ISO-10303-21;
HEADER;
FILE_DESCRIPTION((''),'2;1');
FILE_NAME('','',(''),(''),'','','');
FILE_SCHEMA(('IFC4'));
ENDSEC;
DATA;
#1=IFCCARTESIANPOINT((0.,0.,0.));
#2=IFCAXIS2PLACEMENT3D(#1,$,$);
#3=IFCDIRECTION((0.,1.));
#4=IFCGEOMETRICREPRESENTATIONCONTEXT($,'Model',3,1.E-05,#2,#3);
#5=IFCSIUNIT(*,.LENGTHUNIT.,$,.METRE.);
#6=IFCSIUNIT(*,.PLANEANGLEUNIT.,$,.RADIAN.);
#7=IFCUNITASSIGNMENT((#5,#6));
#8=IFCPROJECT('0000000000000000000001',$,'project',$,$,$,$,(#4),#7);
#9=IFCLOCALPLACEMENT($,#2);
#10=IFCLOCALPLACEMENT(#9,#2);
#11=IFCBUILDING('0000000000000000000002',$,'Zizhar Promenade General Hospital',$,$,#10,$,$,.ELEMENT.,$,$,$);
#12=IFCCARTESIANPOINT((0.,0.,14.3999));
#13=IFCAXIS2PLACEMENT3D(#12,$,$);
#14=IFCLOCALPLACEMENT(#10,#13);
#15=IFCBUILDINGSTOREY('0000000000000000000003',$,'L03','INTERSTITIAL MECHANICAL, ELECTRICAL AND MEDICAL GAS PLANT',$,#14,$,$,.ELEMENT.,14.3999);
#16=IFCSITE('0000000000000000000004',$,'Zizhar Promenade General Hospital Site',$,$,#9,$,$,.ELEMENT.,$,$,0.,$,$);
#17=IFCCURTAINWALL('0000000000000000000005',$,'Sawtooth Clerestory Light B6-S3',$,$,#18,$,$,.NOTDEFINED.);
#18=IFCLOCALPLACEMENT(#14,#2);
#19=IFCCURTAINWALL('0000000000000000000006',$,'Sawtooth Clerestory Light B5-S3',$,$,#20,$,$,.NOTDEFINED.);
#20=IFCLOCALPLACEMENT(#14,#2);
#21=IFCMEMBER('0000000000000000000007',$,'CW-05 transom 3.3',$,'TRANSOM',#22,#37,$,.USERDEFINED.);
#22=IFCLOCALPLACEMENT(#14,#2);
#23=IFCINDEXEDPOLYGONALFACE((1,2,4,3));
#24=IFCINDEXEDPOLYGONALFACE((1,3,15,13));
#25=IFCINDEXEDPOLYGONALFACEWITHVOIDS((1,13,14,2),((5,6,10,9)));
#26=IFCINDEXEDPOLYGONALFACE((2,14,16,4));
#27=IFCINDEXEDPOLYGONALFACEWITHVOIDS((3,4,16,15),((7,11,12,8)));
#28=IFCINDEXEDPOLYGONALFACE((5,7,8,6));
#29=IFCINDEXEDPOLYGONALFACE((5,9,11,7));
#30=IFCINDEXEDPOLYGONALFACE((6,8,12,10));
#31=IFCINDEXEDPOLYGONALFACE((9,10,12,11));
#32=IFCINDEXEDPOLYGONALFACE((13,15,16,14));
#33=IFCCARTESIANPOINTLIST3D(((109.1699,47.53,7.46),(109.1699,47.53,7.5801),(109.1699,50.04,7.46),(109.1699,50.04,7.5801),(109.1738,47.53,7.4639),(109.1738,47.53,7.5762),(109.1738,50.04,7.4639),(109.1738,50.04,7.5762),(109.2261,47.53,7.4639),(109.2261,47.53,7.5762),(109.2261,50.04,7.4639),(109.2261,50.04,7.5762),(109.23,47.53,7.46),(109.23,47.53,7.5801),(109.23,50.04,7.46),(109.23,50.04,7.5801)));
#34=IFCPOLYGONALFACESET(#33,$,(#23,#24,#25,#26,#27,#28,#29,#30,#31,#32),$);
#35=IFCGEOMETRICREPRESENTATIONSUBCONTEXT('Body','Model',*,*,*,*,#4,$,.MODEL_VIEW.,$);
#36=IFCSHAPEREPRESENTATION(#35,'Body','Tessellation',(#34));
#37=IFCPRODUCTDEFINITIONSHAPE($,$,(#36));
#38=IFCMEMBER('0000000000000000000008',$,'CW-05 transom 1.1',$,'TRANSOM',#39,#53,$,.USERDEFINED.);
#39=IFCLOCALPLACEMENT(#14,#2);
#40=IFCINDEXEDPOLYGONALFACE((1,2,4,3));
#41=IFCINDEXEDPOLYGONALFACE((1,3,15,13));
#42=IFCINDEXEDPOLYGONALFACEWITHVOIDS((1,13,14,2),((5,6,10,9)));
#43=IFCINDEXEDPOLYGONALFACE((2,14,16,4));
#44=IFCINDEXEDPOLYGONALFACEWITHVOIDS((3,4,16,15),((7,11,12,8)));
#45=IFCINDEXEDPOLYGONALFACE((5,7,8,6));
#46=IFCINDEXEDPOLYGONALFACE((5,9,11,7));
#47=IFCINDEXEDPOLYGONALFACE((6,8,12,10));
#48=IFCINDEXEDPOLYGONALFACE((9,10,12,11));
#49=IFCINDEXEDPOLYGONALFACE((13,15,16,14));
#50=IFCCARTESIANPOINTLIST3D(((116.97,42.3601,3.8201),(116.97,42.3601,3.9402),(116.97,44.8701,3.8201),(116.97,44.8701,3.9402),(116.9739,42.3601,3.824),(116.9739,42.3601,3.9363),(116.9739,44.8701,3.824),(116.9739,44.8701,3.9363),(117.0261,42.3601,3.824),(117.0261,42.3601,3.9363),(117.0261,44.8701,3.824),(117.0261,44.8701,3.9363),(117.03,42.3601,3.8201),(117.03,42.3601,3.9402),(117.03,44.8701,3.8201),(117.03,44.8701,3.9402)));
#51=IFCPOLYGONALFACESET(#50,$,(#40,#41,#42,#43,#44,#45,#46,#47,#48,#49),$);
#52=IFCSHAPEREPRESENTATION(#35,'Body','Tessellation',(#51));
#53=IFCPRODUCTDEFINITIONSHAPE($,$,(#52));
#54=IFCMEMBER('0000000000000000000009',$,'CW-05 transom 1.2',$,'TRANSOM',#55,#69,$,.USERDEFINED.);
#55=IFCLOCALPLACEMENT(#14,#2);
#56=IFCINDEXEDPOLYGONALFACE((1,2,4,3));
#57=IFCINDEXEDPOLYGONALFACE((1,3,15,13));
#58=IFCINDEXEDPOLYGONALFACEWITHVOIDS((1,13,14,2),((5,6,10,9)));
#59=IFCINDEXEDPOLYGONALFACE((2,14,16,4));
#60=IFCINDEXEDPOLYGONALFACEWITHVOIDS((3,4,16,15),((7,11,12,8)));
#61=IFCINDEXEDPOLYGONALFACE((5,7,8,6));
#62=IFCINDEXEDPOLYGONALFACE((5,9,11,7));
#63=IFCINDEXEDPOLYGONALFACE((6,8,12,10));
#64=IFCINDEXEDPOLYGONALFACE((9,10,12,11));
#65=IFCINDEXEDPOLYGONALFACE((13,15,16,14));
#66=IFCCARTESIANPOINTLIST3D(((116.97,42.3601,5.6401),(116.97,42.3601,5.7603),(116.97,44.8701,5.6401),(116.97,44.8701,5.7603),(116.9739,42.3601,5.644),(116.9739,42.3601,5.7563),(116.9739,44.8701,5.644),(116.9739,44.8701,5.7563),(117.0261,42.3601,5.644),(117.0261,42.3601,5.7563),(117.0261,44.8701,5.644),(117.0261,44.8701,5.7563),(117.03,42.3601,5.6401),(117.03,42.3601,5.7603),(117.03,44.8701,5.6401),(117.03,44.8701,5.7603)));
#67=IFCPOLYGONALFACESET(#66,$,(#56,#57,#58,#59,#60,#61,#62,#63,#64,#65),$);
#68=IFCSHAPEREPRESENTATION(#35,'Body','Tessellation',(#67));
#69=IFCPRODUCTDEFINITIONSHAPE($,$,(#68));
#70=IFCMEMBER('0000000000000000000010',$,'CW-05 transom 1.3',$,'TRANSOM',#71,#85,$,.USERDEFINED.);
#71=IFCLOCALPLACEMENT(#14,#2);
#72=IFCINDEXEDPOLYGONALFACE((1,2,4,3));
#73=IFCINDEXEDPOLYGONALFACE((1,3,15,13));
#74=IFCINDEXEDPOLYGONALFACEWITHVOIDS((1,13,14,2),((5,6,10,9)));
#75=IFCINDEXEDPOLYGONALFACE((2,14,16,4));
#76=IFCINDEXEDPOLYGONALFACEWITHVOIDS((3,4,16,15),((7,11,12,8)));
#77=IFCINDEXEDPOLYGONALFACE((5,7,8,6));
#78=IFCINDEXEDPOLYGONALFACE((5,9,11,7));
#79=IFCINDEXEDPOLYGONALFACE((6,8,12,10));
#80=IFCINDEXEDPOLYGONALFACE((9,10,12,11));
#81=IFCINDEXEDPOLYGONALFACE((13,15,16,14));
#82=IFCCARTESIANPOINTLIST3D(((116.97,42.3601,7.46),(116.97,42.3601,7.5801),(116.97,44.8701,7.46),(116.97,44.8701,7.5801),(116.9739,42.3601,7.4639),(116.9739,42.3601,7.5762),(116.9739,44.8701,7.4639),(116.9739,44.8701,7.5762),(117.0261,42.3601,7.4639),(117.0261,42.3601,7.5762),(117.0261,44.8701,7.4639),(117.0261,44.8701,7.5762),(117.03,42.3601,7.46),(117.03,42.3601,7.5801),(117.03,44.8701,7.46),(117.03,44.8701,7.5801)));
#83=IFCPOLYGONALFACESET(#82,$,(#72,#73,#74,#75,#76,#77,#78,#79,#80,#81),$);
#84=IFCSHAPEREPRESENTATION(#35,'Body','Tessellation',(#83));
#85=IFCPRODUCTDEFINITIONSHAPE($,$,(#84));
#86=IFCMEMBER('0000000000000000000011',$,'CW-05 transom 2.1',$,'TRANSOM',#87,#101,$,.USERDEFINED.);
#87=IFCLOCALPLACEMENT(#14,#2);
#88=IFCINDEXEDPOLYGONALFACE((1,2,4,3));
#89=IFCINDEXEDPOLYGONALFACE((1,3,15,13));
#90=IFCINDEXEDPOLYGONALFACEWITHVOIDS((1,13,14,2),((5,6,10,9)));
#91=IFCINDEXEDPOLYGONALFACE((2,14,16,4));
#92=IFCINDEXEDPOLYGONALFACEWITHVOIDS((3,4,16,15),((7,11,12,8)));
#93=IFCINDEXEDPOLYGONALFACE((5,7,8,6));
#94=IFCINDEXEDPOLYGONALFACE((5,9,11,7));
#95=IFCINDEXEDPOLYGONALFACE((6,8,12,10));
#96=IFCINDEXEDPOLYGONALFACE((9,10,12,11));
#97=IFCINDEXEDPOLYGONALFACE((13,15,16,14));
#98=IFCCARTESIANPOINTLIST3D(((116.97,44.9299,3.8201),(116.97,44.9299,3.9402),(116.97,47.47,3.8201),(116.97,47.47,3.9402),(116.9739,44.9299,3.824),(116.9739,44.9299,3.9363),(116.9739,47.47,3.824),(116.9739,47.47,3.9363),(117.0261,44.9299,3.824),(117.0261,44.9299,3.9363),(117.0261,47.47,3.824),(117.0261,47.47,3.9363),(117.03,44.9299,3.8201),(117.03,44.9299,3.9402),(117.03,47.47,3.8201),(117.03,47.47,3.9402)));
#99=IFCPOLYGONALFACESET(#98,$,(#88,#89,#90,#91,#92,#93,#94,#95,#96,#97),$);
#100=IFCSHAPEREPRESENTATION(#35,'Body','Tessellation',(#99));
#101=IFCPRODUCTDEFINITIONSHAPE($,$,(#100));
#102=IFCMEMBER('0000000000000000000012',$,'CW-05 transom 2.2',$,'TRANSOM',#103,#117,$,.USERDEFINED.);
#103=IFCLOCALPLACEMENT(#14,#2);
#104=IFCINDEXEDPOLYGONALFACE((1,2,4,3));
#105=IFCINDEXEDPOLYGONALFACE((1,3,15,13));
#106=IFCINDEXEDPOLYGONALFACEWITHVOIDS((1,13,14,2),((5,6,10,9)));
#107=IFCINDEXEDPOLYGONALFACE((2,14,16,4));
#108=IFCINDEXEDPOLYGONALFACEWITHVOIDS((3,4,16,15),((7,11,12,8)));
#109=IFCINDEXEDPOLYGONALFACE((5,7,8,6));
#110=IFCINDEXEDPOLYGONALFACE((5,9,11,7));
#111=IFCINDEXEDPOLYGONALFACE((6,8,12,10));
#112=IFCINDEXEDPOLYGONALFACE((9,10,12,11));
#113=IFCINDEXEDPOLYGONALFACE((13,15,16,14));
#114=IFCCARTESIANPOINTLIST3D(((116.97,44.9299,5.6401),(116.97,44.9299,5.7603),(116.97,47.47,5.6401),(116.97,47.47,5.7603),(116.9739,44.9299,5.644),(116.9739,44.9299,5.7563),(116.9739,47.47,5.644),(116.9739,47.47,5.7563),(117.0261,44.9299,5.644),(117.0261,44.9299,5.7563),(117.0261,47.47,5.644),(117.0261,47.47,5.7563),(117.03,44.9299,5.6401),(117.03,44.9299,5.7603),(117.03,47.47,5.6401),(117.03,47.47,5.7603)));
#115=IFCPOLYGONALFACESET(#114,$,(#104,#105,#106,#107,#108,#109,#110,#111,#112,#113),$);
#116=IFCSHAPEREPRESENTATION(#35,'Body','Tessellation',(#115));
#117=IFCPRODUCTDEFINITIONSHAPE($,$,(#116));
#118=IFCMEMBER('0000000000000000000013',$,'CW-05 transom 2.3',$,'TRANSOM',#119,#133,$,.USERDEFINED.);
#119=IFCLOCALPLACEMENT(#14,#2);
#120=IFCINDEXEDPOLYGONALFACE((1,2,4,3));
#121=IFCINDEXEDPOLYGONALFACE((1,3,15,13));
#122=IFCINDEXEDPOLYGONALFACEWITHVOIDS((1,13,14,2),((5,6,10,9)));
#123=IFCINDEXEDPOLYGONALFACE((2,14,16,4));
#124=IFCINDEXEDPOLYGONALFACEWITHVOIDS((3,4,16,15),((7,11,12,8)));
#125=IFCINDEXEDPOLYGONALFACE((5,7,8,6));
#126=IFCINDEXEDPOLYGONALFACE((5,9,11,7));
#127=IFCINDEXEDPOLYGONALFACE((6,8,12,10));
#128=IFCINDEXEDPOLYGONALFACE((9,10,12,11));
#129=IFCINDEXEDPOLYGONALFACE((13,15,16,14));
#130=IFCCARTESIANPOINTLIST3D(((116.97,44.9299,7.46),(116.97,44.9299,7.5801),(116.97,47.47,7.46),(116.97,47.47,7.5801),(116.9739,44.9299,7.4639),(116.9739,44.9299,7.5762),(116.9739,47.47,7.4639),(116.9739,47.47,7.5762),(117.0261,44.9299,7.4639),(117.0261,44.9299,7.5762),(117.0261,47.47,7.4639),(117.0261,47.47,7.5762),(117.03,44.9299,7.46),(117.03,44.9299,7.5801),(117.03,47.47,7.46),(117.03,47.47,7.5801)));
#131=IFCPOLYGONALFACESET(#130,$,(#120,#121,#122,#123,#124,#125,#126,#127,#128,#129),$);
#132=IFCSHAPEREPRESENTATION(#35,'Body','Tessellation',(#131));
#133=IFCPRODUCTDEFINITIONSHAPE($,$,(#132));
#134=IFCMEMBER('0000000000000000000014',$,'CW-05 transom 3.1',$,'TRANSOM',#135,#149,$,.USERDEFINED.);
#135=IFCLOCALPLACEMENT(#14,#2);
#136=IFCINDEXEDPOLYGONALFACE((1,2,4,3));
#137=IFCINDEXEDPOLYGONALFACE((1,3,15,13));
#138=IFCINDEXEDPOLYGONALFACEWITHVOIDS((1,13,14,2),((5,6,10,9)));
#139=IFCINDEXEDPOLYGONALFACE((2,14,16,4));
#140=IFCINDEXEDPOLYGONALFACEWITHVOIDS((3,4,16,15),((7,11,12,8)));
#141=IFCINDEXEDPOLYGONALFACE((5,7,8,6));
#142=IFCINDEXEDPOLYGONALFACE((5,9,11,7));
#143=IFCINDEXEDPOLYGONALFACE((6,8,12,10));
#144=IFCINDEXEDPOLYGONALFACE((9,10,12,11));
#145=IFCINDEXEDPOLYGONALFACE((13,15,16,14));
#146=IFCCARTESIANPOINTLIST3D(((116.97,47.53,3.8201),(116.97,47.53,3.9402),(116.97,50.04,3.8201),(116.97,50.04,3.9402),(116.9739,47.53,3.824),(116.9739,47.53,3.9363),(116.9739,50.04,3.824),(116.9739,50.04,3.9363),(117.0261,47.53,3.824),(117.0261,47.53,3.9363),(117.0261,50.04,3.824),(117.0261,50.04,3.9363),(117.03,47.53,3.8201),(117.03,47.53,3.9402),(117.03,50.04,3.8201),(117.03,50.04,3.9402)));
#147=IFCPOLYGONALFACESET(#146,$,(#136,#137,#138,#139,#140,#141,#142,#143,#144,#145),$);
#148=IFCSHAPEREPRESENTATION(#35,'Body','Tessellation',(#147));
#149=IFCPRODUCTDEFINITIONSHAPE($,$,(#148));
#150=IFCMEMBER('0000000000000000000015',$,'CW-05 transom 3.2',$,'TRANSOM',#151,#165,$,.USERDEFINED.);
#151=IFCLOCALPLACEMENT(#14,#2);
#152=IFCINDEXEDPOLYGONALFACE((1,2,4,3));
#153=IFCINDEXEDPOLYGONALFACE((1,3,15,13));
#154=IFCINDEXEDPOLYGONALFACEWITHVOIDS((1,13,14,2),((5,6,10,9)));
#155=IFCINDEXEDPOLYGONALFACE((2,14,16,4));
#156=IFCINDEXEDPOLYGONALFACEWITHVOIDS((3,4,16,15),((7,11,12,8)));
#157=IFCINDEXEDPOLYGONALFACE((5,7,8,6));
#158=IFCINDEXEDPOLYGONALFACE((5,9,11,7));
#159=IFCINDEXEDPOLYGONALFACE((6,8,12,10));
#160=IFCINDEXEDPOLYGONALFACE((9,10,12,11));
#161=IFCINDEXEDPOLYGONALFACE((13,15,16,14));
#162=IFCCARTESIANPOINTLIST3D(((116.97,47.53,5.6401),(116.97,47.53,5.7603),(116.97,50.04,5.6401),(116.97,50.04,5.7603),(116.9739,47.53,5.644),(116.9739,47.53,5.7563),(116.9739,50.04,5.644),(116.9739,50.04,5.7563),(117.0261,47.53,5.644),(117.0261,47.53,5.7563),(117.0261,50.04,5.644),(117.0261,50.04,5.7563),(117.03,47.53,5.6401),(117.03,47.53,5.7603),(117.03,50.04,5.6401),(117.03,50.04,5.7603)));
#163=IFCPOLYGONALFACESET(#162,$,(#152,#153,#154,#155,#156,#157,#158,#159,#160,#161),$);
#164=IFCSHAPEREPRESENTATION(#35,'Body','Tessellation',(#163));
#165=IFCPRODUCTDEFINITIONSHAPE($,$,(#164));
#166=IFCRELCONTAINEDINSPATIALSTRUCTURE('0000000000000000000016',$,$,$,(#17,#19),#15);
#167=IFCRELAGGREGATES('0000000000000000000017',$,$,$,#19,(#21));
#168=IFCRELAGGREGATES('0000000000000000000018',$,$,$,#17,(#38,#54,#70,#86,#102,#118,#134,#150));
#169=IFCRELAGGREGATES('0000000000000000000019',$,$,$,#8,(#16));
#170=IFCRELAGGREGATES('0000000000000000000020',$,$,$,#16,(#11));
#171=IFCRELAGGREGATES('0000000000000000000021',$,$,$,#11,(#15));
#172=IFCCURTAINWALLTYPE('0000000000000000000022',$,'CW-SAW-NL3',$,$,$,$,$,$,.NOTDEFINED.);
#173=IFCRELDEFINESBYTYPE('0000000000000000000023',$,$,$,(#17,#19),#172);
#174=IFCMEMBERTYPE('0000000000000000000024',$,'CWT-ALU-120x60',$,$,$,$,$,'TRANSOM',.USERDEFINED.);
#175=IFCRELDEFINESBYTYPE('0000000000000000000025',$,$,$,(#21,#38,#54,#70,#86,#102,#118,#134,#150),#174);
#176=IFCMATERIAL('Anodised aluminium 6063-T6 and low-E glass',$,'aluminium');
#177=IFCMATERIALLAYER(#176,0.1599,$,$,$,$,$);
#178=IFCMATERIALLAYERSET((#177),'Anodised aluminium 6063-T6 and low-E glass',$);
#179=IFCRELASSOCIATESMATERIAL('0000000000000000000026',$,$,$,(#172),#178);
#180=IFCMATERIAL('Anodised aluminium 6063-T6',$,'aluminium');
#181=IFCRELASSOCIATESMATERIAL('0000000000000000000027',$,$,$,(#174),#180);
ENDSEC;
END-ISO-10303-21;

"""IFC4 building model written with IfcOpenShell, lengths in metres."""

from ifc_helpers import new_model, si_unit, direction, frame, origin, origin_2d, place, context, subcontext, project, spatial, hollow_rectangle, extrude, material, layer, layer_set, material_profile, profile_set, type_object, element, aggregate, save


model = new_model("IFC4")

# Units and contexts
model_context = context("Model", 3, precision=1e-05, world=origin(), true_north=direction((0.0, 1.0)))
body_context = subcontext(model_context, "Body", "Model", "MODEL_VIEW")
ifc_project = project(units=[si_unit("LENGTHUNIT", "METRE"), si_unit("PLANEANGLEUNIT", "RADIAN")], contexts=[model_context])

# Site, building, storey
site_placement = place(None, origin())
site = spatial("IfcSite", under=ifc_project, at=site_placement, Name="Zizhar Promenade General Hospital Site", CompositionType="ELEMENT", RefElevation=0.0)
building_placement = place(site_placement, origin())
building = spatial("IfcBuilding", under=site, at=building_placement, Name="Zizhar Promenade General Hospital", CompositionType="ELEMENT")
storey_placement = place(building_placement, frame((0.0, 0.0, 14.3999)))
storey = spatial("IfcBuildingStorey", under=building, at=storey_placement, Name="L03", Description="INTERSTITIAL MECHANICAL, ELECTRICAL AND MEDICAL GAS PLANT", CompositionType="ELEMENT", Elevation=14.3999)

# Curtain walls, member
ifc_material_1 = material(Name="Anodised aluminium 6063-T6 and low-E glass", Category="aluminium")
ifc_layer_1 = layer(ifc_material_1, 0.1599)
ifc_layer_set_1 = layer_set([ifc_layer_1], Name="Anodised aluminium 6063-T6 and low-E glass")
curtain_wall_type = type_object("IfcCurtainWallType", Name="CW-SAW-NL3", PredefinedType="NOTDEFINED", material=ifc_layer_set_1)
curtain_wall_1_placement = place(storey_placement, origin())
curtain_wall_1 = element("IfcCurtainWall", 1, at=curtain_wall_1_placement, inside=storey, type_object=curtain_wall_type, Name="Sawtooth Clerestory Light B6-S3", PredefinedType="NOTDEFINED")
curtain_wall_2_placement = place(storey_placement, origin())
curtain_wall_2 = element("IfcCurtainWall", 2, at=curtain_wall_2_placement, inside=storey, type_object=curtain_wall_type, Name="Sawtooth Clerestory Light B5-S3", PredefinedType="NOTDEFINED")
ifc_material_2 = material(Name="Anodised aluminium 6063-T6", Category="aluminium")
ifc_material_profile_1 = material_profile(ifc_material_2, hollow_rectangle(XDim=0.0601, YDim=0.1201, WallThickness=0.0039, at=origin_2d()))
ifc_profile_set_1 = profile_set([ifc_material_profile_1], Name="Anodised aluminium 6063-T6")
member_type_1 = type_object("IfcMemberType", Name="CWT-ALU-120x60", ElementType="TRANSOM", PredefinedType="USERDEFINED", material=ifc_profile_set_1)
member_1_placement = place(storey_placement, frame((109.2, 47.53, 7.52), z_axis=(0.0, 1.0, 0.0), x_axis=(-1.0, 0.0, 0.0)))
member_1 = element("IfcMember", 3, at=member_1_placement, type_object=member_type_1, Name="CW-05 transom 3.3", ObjectType="TRANSOM", PredefinedType="USERDEFINED", context=body_context, shape_type="SweptSolid", body=[
    extrude(hollow_rectangle(XDim=0.0601, YDim=0.1201, WallThickness=0.0039, at=origin_2d()), origin(), (0.0, 0.0, 1.0), 2.51),
])

# Members
member_2_placement = place(storey_placement, frame((117.0, 42.3601, 3.8801), z_axis=(0.0, 1.0, 0.0), x_axis=(-1.0, 0.0, 0.0)))
member_2 = element("IfcMember", 4, at=member_2_placement, type_object=member_type_1, Name="CW-05 transom 1.1", ObjectType="TRANSOM", PredefinedType="USERDEFINED", context=body_context, shape_type="SweptSolid", body=[
    extrude(hollow_rectangle(XDim=0.0601, YDim=0.1201, WallThickness=0.0039, at=origin_2d()), origin(), (0.0, 0.0, 1.0), 2.51),
])
member_3_placement = place(storey_placement, frame((117.0, 42.3601, 5.7002), z_axis=(0.0, 1.0, 0.0), x_axis=(-1.0, 0.0, 0.0)))
member_3 = element("IfcMember", 5, at=member_3_placement, type_object=member_type_1, Name="CW-05 transom 1.2", ObjectType="TRANSOM", PredefinedType="USERDEFINED", context=body_context, shape_type="SweptSolid", body=[
    extrude(hollow_rectangle(XDim=0.0601, YDim=0.1201, WallThickness=0.0039, at=origin_2d()), origin(), (0.0, 0.0, 1.0), 2.51),
])
member_4_placement = place(storey_placement, frame((117.0, 42.3601, 7.52), z_axis=(0.0, 1.0, 0.0), x_axis=(-1.0, 0.0, 0.0)))
member_4 = element("IfcMember", 6, at=member_4_placement, type_object=member_type_1, Name="CW-05 transom 1.3", ObjectType="TRANSOM", PredefinedType="USERDEFINED", context=body_context, shape_type="SweptSolid", body=[
    extrude(hollow_rectangle(XDim=0.0601, YDim=0.1201, WallThickness=0.0039, at=origin_2d()), origin(), (0.0, 0.0, 1.0), 2.51),
])
member_5_placement = place(storey_placement, frame((117.0, 44.9299, 3.8801), z_axis=(0.0, 1.0, 0.0), x_axis=(-1.0, 0.0, 0.0)))
member_5 = element("IfcMember", 7, at=member_5_placement, type_object=member_type_1, Name="CW-05 transom 2.1", ObjectType="TRANSOM", PredefinedType="USERDEFINED", context=body_context, shape_type="SweptSolid", body=[
    extrude(hollow_rectangle(XDim=0.0601, YDim=0.1201, WallThickness=0.0039, at=origin_2d()), origin(), (0.0, 0.0, 1.0), 2.54),
])
member_6_placement = place(storey_placement, frame((117.0, 44.9299, 5.7002), z_axis=(0.0, 1.0, 0.0), x_axis=(-1.0, 0.0, 0.0)))
member_6 = element("IfcMember", 8, at=member_6_placement, type_object=member_type_1, Name="CW-05 transom 2.2", ObjectType="TRANSOM", PredefinedType="USERDEFINED", context=body_context, shape_type="SweptSolid", body=[
    extrude(hollow_rectangle(XDim=0.0601, YDim=0.1201, WallThickness=0.0039, at=origin_2d()), origin(), (0.0, 0.0, 1.0), 2.54),
])
member_7_placement = place(storey_placement, frame((117.0, 44.9299, 7.52), z_axis=(0.0, 1.0, 0.0), x_axis=(-1.0, 0.0, 0.0)))
member_7 = element("IfcMember", 9, at=member_7_placement, type_object=member_type_1, Name="CW-05 transom 2.3", ObjectType="TRANSOM", PredefinedType="USERDEFINED", context=body_context, shape_type="SweptSolid", body=[
    extrude(hollow_rectangle(XDim=0.0601, YDim=0.1201, WallThickness=0.0039, at=origin_2d()), origin(), (0.0, 0.0, 1.0), 2.54),
])
member_8_placement = place(storey_placement, frame((117.0, 47.53, 3.8801), z_axis=(0.0, 1.0, 0.0), x_axis=(-1.0, 0.0, 0.0)))
member_8 = element("IfcMember", 10, at=member_8_placement, type_object=member_type_1, Name="CW-05 transom 3.1", ObjectType="TRANSOM", PredefinedType="USERDEFINED", context=body_context, shape_type="SweptSolid", body=[
    extrude(hollow_rectangle(XDim=0.0601, YDim=0.1201, WallThickness=0.0039, at=origin_2d()), origin(), (0.0, 0.0, 1.0), 2.51),
])
member_9_placement = place(storey_placement, frame((117.0, 47.53, 5.7002), z_axis=(0.0, 1.0, 0.0), x_axis=(-1.0, 0.0, 0.0)))
member_9 = element("IfcMember", 11, at=member_9_placement, type_object=member_type_1, Name="CW-05 transom 3.2", ObjectType="TRANSOM", PredefinedType="USERDEFINED", context=body_context, shape_type="SweptSolid", body=[
    extrude(hollow_rectangle(XDim=0.0601, YDim=0.1201, WallThickness=0.0039, at=origin_2d()), origin(), (0.0, 0.0, 1.0), 2.51),
])

aggregate(curtain_wall_2, [member_1])
aggregate(curtain_wall_1, [member_2, member_3, member_4, member_5, member_6, member_7, member_8, member_9])

save(model, "model.ifc")
